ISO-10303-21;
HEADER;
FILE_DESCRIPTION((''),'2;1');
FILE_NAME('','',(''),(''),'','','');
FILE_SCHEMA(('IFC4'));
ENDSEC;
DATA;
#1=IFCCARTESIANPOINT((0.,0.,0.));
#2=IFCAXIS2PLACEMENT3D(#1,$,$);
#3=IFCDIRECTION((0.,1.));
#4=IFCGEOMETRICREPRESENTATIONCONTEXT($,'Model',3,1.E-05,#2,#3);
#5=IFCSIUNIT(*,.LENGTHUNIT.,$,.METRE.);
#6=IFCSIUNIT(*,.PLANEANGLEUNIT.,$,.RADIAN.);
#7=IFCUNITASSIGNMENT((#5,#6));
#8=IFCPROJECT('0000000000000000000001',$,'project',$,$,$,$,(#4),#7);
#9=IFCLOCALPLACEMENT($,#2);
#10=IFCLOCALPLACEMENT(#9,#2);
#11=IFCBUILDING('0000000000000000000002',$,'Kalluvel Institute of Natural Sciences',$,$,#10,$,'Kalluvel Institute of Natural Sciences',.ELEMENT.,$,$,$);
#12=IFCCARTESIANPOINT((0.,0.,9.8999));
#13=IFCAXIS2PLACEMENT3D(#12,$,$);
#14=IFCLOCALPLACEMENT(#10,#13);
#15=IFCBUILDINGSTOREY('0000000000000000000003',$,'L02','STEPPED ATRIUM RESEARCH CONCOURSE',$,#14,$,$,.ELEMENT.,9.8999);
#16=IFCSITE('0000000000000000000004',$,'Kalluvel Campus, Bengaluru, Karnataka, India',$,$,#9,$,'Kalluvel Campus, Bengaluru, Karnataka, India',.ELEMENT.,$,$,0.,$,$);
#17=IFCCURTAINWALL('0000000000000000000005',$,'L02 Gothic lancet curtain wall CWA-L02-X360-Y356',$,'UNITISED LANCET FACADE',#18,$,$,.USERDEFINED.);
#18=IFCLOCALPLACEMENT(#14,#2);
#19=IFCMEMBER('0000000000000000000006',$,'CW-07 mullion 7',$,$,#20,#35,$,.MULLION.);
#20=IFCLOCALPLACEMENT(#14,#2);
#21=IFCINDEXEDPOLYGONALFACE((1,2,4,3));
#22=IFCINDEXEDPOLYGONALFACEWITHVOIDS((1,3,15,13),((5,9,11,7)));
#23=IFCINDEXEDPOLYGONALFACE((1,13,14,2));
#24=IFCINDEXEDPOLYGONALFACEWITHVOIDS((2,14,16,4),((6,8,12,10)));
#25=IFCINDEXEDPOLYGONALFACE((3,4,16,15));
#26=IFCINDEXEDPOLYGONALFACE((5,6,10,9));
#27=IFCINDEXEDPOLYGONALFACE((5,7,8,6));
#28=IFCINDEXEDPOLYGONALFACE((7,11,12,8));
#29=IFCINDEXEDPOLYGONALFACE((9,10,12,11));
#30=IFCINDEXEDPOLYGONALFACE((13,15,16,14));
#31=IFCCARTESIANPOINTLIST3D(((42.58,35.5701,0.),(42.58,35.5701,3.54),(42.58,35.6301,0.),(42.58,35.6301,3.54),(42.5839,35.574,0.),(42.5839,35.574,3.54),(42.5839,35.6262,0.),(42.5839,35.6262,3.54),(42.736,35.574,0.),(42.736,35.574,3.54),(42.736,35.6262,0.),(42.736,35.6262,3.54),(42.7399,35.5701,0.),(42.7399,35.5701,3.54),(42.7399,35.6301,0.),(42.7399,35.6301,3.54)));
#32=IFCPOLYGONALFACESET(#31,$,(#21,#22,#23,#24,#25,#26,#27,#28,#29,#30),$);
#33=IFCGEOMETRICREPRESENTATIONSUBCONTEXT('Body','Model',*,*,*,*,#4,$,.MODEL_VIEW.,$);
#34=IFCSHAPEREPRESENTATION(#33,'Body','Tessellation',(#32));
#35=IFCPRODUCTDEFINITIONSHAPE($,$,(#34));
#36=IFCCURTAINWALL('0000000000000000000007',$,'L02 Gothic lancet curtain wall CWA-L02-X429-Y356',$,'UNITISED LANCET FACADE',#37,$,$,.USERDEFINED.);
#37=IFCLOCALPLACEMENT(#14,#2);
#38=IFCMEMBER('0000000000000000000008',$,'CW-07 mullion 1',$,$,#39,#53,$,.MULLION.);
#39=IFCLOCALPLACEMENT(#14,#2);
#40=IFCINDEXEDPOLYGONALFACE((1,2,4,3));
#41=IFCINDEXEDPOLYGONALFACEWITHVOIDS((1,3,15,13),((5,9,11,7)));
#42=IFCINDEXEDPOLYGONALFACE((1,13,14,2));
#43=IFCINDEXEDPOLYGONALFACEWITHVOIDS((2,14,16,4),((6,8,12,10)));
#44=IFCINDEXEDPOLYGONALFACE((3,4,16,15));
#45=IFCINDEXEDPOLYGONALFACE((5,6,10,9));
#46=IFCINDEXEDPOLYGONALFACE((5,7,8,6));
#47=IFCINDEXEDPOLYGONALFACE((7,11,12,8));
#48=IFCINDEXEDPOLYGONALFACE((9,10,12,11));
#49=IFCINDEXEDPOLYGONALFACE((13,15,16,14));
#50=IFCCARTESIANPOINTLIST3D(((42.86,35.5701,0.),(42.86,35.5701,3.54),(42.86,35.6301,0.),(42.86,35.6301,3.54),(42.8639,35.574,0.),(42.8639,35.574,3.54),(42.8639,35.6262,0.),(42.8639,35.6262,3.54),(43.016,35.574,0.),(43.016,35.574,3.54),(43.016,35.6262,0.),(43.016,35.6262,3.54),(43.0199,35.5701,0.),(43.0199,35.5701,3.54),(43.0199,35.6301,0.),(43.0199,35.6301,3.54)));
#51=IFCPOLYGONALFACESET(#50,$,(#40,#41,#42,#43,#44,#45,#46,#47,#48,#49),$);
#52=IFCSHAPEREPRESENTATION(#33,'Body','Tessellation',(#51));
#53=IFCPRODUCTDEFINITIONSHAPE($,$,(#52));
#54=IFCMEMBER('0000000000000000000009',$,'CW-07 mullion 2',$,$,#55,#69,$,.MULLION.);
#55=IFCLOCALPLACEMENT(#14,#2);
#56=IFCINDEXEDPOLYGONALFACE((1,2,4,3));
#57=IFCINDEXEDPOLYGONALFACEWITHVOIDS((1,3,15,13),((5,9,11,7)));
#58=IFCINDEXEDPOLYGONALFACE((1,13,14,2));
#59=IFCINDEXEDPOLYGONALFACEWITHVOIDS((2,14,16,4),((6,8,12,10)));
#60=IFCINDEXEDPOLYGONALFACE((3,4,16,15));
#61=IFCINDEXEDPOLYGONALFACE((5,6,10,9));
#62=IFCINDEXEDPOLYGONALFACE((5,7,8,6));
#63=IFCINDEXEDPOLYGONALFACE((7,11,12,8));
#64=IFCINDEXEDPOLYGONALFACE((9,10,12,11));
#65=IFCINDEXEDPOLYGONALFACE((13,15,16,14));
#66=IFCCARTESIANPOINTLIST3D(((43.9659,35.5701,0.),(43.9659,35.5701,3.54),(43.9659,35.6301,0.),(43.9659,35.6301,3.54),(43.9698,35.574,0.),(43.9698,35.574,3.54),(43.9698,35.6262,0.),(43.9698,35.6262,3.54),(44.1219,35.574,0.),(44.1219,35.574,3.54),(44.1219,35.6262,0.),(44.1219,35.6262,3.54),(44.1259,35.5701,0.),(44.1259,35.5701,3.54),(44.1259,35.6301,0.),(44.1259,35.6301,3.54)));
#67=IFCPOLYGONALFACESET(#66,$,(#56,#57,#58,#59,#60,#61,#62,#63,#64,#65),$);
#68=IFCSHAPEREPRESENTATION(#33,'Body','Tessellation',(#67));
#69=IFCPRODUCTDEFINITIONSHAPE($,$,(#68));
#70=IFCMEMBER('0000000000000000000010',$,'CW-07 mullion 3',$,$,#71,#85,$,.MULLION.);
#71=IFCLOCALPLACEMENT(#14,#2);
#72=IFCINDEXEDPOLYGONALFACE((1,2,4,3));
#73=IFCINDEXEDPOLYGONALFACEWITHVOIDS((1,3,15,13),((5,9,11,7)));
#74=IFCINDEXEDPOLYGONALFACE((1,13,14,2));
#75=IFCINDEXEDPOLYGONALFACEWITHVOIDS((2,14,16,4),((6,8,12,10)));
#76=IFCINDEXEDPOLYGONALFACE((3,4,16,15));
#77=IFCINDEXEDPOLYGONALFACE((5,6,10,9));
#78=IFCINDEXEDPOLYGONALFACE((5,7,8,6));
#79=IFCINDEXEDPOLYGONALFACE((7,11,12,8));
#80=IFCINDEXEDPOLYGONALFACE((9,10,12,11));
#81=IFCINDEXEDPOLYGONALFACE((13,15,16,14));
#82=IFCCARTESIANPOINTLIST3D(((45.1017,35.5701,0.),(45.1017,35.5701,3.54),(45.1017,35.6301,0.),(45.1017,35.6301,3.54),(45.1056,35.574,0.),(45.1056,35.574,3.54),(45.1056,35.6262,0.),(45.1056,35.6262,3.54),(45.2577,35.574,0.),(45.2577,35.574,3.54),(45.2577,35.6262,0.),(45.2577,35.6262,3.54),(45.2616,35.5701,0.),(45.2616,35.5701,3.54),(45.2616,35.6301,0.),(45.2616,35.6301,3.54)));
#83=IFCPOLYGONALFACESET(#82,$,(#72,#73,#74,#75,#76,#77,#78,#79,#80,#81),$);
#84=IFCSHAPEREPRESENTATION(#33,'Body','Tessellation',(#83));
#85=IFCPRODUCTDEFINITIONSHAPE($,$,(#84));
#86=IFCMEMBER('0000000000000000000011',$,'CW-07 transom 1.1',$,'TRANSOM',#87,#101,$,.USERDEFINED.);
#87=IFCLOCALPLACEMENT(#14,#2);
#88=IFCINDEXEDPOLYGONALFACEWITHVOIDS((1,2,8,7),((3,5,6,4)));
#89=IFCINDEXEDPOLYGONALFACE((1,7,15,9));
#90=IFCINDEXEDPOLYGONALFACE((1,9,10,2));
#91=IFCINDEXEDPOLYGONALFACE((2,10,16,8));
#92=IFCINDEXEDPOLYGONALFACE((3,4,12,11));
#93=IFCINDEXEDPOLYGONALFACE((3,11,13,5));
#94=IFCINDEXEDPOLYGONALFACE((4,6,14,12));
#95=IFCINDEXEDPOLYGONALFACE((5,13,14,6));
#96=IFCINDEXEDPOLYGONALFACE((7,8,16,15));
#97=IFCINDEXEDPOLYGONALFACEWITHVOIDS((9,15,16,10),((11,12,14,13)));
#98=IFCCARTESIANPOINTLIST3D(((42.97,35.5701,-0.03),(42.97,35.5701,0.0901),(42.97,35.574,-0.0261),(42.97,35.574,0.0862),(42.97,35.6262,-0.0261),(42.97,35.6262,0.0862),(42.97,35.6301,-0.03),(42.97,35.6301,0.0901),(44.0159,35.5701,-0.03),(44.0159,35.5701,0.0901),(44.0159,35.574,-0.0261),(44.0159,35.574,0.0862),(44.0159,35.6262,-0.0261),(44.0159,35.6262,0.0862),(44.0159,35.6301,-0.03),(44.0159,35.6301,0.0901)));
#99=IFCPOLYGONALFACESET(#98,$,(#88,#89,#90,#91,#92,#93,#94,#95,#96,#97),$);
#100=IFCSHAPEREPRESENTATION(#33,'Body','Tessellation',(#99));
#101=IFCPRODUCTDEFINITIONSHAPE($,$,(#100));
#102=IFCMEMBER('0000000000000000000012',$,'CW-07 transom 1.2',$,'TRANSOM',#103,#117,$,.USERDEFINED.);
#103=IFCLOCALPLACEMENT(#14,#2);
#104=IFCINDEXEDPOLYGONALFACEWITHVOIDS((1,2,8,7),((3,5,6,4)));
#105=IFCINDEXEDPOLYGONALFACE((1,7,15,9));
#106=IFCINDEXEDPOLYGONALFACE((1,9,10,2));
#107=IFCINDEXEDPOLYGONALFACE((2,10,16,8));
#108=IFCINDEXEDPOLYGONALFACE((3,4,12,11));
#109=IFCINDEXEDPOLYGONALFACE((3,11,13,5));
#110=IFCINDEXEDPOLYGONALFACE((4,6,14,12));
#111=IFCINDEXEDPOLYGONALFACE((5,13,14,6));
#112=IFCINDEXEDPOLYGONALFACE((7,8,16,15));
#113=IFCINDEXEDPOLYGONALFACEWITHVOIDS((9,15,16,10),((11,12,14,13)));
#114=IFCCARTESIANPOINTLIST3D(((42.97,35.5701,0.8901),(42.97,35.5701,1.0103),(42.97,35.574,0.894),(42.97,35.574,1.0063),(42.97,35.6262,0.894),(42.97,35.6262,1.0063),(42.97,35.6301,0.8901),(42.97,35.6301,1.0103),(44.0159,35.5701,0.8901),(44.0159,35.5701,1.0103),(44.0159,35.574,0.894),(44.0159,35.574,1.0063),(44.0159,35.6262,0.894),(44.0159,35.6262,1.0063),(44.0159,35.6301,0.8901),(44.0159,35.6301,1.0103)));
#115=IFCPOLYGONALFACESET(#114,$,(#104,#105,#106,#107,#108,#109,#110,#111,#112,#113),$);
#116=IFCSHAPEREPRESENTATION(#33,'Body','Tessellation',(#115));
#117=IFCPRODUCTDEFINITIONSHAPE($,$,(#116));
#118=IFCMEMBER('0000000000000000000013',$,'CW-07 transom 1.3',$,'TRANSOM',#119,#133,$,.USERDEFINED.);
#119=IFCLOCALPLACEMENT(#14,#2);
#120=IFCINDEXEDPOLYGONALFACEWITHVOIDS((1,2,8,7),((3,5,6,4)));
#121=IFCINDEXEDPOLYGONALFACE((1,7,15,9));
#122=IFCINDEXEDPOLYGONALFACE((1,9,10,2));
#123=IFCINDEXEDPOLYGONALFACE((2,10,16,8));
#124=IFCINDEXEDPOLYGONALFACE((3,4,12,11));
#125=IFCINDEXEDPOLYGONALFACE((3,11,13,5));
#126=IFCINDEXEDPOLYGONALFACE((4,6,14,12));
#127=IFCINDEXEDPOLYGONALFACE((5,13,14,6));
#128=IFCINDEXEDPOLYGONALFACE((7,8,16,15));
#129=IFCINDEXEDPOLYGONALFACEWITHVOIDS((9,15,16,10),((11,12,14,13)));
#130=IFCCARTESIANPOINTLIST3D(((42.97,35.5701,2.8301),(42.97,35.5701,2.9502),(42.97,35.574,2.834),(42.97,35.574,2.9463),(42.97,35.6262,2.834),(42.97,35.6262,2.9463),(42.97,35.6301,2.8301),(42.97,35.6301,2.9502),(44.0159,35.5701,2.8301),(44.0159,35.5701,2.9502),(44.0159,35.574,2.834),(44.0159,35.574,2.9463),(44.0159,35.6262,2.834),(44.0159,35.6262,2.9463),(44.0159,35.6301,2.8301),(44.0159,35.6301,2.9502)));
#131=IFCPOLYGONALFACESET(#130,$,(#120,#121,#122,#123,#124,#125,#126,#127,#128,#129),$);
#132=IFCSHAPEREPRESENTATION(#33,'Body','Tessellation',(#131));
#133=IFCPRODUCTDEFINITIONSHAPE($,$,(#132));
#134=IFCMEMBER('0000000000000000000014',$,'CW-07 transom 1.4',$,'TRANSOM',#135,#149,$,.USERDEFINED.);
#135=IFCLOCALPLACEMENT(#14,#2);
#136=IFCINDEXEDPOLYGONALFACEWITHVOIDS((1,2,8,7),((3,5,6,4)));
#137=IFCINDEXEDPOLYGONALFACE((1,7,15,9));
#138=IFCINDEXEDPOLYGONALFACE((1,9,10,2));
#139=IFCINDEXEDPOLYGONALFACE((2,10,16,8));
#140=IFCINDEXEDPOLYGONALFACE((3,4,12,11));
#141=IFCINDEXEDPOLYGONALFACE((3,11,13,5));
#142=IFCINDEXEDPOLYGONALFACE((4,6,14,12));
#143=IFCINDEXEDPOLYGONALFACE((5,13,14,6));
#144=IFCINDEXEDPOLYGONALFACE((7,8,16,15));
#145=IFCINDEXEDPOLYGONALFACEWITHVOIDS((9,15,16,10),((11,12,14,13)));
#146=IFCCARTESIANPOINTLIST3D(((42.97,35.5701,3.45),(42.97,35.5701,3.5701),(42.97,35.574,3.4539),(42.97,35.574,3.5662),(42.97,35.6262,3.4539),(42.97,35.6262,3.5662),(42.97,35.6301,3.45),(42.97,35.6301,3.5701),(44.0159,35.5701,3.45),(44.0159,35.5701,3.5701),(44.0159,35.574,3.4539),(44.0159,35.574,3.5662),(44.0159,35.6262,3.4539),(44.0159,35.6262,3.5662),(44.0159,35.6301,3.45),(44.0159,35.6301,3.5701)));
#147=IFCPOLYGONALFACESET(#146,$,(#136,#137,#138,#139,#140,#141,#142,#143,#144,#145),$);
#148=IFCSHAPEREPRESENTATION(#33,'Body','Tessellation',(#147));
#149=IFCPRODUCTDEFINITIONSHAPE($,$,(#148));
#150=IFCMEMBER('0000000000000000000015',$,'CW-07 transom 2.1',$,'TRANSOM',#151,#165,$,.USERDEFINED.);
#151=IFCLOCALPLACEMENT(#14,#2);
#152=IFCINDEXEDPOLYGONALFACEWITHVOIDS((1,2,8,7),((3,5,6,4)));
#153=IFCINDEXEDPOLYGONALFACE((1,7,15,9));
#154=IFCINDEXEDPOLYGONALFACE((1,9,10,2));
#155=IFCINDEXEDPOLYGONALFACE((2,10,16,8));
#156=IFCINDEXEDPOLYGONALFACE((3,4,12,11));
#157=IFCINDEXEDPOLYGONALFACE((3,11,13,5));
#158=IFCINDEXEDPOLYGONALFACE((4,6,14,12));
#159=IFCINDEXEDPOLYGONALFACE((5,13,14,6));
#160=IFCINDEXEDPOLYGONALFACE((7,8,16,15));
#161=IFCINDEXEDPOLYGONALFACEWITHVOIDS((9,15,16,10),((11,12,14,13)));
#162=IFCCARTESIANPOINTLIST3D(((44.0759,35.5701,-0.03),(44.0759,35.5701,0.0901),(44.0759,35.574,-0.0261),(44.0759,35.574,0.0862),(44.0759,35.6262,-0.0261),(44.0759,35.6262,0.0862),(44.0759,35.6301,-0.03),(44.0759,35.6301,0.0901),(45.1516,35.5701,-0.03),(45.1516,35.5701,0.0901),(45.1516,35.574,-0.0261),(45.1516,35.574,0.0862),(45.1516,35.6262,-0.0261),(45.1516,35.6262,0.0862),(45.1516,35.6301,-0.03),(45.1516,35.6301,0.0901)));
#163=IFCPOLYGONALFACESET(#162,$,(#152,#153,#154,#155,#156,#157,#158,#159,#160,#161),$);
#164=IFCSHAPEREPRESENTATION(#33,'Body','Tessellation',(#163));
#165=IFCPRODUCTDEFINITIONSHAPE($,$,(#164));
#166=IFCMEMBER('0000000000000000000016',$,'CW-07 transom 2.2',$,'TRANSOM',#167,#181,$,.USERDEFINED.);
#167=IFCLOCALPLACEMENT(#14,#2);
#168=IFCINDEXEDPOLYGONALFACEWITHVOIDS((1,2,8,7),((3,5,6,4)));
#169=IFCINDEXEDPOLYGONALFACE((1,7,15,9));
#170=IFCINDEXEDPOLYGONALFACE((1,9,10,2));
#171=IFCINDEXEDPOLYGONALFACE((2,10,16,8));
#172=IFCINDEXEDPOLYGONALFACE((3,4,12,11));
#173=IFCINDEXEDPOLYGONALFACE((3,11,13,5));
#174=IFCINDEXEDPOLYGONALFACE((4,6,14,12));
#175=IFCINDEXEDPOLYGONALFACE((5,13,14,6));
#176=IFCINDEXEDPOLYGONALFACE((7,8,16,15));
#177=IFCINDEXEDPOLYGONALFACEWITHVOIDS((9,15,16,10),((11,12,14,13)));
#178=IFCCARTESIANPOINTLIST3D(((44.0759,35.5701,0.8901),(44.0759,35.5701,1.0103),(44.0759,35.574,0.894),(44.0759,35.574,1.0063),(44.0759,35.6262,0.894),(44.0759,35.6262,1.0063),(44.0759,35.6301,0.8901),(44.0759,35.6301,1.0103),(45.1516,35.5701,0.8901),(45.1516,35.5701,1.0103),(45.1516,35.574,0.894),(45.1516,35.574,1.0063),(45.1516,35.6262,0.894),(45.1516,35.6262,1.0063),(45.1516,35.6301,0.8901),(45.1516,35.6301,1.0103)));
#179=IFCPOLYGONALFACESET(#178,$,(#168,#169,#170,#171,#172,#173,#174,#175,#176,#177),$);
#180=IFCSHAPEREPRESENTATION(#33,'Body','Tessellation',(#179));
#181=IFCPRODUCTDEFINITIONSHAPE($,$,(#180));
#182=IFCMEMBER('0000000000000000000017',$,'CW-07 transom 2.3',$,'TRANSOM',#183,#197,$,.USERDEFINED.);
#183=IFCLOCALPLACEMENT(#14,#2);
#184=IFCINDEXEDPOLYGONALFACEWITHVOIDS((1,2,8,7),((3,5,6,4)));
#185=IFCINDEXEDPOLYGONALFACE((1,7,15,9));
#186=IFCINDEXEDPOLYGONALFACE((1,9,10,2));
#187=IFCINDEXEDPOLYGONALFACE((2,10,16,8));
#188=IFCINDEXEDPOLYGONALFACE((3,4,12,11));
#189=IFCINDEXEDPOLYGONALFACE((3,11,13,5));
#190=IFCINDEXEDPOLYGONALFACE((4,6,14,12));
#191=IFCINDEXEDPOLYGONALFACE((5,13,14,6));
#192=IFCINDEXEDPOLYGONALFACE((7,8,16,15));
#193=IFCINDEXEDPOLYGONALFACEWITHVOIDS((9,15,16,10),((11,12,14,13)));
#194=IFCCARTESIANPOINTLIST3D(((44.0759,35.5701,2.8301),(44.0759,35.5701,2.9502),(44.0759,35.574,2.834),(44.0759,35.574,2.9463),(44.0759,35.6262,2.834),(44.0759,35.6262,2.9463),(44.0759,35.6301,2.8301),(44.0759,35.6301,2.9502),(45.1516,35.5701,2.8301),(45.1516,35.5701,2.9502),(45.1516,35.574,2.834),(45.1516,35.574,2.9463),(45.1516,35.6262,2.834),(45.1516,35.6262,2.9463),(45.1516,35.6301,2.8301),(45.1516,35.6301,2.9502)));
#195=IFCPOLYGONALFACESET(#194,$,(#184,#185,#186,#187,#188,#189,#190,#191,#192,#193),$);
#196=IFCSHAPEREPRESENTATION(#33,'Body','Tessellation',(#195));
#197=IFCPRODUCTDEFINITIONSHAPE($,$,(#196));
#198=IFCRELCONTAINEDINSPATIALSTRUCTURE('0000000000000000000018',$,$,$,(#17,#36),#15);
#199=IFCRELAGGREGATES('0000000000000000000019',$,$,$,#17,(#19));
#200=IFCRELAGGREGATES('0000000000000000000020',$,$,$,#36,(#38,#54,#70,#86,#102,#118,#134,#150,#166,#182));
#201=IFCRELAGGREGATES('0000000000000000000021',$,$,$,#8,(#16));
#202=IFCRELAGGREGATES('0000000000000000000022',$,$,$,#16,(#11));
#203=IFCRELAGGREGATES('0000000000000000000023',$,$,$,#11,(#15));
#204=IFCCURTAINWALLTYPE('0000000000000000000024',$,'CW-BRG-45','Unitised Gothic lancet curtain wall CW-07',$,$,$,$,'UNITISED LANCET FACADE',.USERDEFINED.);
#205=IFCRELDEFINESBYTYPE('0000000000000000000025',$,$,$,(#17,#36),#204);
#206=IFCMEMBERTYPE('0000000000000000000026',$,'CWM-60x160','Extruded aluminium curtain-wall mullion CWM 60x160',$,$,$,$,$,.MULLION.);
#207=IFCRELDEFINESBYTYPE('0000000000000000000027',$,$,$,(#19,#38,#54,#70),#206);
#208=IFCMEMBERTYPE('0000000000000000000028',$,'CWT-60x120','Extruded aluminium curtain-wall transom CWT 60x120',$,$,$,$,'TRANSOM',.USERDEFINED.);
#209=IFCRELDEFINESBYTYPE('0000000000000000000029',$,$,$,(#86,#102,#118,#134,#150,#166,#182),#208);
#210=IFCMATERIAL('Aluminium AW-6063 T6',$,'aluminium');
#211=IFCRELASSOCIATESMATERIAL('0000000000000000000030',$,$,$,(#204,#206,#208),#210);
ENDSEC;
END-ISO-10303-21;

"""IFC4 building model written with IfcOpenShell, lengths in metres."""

from ifc_helpers import new_model, si_unit, direction, frame, origin, origin_2d, place, context, subcontext, project, spatial, hollow_rectangle, extrude, material, material_profile, profile_set, type_object, element, aggregate, save


model = new_model("IFC4")

# Units and contexts
model_context = context("Model", 3, precision=1e-05, world=origin(), true_north=direction((0.0, 1.0)))
body_context = subcontext(model_context, "Body", "Model", "MODEL_VIEW")
ifc_project = project(units=[si_unit("LENGTHUNIT", "METRE"), si_unit("PLANEANGLEUNIT", "RADIAN")], contexts=[model_context])

# Site, building, storey
site_placement = place(None, origin())
site = spatial("IfcSite", under=ifc_project, at=site_placement, Name="Kalluvel Campus, Bengaluru, Karnataka, India", LongName="Kalluvel Campus, Bengaluru, Karnataka, India", CompositionType="ELEMENT", RefElevation=0.0)
building_placement = place(site_placement, origin())
building = spatial("IfcBuilding", under=site, at=building_placement, Name="Kalluvel Institute of Natural Sciences", LongName="Kalluvel Institute of Natural Sciences", CompositionType="ELEMENT")
storey_placement = place(building_placement, frame((0.0, 0.0, 9.8999)))
storey = spatial("IfcBuildingStorey", under=building, at=storey_placement, Name="L02", Description="STEPPED ATRIUM RESEARCH CONCOURSE", CompositionType="ELEMENT", Elevation=9.8999)

# Curtain wall, member
ifc_material_1 = material(Name="Aluminium AW-6063 T6", Category="aluminium")
curtain_wall_type = type_object("IfcCurtainWallType", Name="CW-BRG-45", Description="Unitised Gothic lancet curtain wall CW-07", ElementType="UNITISED LANCET FACADE", PredefinedType="USERDEFINED", material=ifc_material_1)
curtain_wall_1_placement = place(storey_placement, origin())
curtain_wall_1 = element("IfcCurtainWall", 1, at=curtain_wall_1_placement, inside=storey, type_object=curtain_wall_type, Name="L02 Gothic lancet curtain wall CWA-L02-X360-Y356", ObjectType="UNITISED LANCET FACADE", PredefinedType="USERDEFINED")
ifc_material_profile_1 = material_profile(ifc_material_1, hollow_rectangle(XDim=0.0601, YDim=0.1599, WallThickness=0.0039, at=origin_2d()), Name="CWM 60x160")
ifc_profile_set_1 = profile_set([ifc_material_profile_1], Name="Aluminium AW-6063 T6")
member_type_1 = type_object("IfcMemberType", Name="CWM-60x160", Description="Extruded aluminium curtain-wall mullion CWM 60x160", PredefinedType="MULLION", material=ifc_profile_set_1)
member_1_placement = place(storey_placement, frame((42.6599, 35.6001, 0.0), z_axis=(0.0, 0.0, 1.0), x_axis=(0.0, 1.0, 0.0)))
member_1 = element("IfcMember", 2, at=member_1_placement, type_object=member_type_1, Name="CW-07 mullion 7", PredefinedType="MULLION", context=body_context, shape_type="SweptSolid", body=[
    extrude(hollow_rectangle(XDim=0.0601, YDim=0.1599, WallThickness=0.0039, at=origin_2d()), origin(), (0.0, 0.0, 1.0), 3.54),
])

# Curtain wall, members
curtain_wall_2_placement = place(storey_placement, origin())
curtain_wall_2 = element("IfcCurtainWall", 3, at=curtain_wall_2_placement, inside=storey, type_object=curtain_wall_type, Name="L02 Gothic lancet curtain wall CWA-L02-X429-Y356", ObjectType="UNITISED LANCET FACADE", PredefinedType="USERDEFINED")
member_2_placement = place(storey_placement, frame((42.9399, 35.6001, 0.0), z_axis=(0.0, 0.0, 1.0), x_axis=(0.0, 1.0, 0.0)))
member_2 = element("IfcMember", 4, at=member_2_placement, type_object=member_type_1, Name="CW-07 mullion 1", PredefinedType="MULLION", context=body_context, shape_type="SweptSolid", body=[
    extrude(hollow_rectangle(XDim=0.0601, YDim=0.1599, WallThickness=0.0039, at=origin_2d()), origin(), (0.0, 0.0, 1.0), 3.54),
])
member_3_placement = place(storey_placement, frame((44.0459, 35.6001, 0.0), z_axis=(0.0, 0.0, 1.0), x_axis=(0.0, 1.0, 0.0)))
member_3 = element("IfcMember", 5, at=member_3_placement, type_object=member_type_1, Name="CW-07 mullion 2", PredefinedType="MULLION", context=body_context, shape_type="SweptSolid", body=[
    extrude(hollow_rectangle(XDim=0.0601, YDim=0.1599, WallThickness=0.0039, at=origin_2d()), origin(), (0.0, 0.0, 1.0), 3.54),
])
member_4_placement = place(storey_placement, frame((45.1816, 35.6001, 0.0), z_axis=(0.0, 0.0, 1.0), x_axis=(0.0, 1.0, 0.0)))
member_4 = element("IfcMember", 6, at=member_4_placement, type_object=member_type_1, Name="CW-07 mullion 3", PredefinedType="MULLION", context=body_context, shape_type="SweptSolid", body=[
    extrude(hollow_rectangle(XDim=0.0601, YDim=0.1599, WallThickness=0.0039, at=origin_2d()), origin(), (0.0, 0.0, 1.0), 3.54),
])
ifc_material_profile_2 = material_profile(ifc_material_1, hollow_rectangle(XDim=0.0601, YDim=0.1201, WallThickness=0.0039, at=origin_2d()), Name="CWT 60x120")
ifc_profile_set_2 = profile_set([ifc_material_profile_2], Name="Aluminium AW-6063 T6")
member_type_2 = type_object("IfcMemberType", Name="CWT-60x120", Description="Extruded aluminium curtain-wall transom CWT 60x120", ElementType="TRANSOM", PredefinedType="USERDEFINED", material=ifc_profile_set_2)
member_5_placement = place(storey_placement, frame((42.97, 35.6001, 0.03), z_axis=(1.0, 0.0, 0.0), x_axis=(0.0, 1.0, 0.0)))
member_5 = element("IfcMember", 7, at=member_5_placement, type_object=member_type_2, Name="CW-07 transom 1.1", ObjectType="TRANSOM", PredefinedType="USERDEFINED", context=body_context, shape_type="SweptSolid", body=[
    extrude(hollow_rectangle(XDim=0.0601, YDim=0.1201, WallThickness=0.0039, at=origin_2d()), origin(), (0.0, 0.0, 1.0), 1.0459),
])
member_6_placement = place(storey_placement, frame((42.97, 35.6001, 0.9502), z_axis=(1.0, 0.0, 0.0), x_axis=(0.0, 1.0, 0.0)))
member_6 = element("IfcMember", 8, at=member_6_placement, type_object=member_type_2, Name="CW-07 transom 1.2", ObjectType="TRANSOM", PredefinedType="USERDEFINED", context=body_context, shape_type="SweptSolid", body=[
    extrude(hollow_rectangle(XDim=0.0601, YDim=0.1201, WallThickness=0.0039, at=origin_2d()), origin(), (0.0, 0.0, 1.0), 1.0459),
])
member_7_placement = place(storey_placement, frame((42.97, 35.6001, 2.8901), z_axis=(1.0, 0.0, 0.0), x_axis=(0.0, 1.0, 0.0)))
member_7 = element("IfcMember", 9, at=member_7_placement, type_object=member_type_2, Name="CW-07 transom 1.3", ObjectType="TRANSOM", PredefinedType="USERDEFINED", context=body_context, shape_type="SweptSolid", body=[
    extrude(hollow_rectangle(XDim=0.0601, YDim=0.1201, WallThickness=0.0039, at=origin_2d()), origin(), (0.0, 0.0, 1.0), 1.0459),
])
member_8_placement = place(storey_placement, frame((42.97, 35.6001, 3.51), z_axis=(1.0, 0.0, 0.0), x_axis=(0.0, 1.0, 0.0)))
member_8 = element("IfcMember", 10, at=member_8_placement, type_object=member_type_2, Name="CW-07 transom 1.4", ObjectType="TRANSOM", PredefinedType="USERDEFINED", context=body_context, shape_type="SweptSolid", body=[
    extrude(hollow_rectangle(XDim=0.0601, YDim=0.1201, WallThickness=0.0039, at=origin_2d()), origin(), (0.0, 0.0, 1.0), 1.0459),
])
member_9_placement = place(storey_placement, frame((44.0759, 35.6001, 0.03), z_axis=(1.0, 0.0, 0.0), x_axis=(0.0, 1.0, 0.0)))
member_9 = element("IfcMember", 11, at=member_9_placement, type_object=member_type_2, Name="CW-07 transom 2.1", ObjectType="TRANSOM", PredefinedType="USERDEFINED", context=body_context, shape_type="SweptSolid", body=[
    extrude(hollow_rectangle(XDim=0.0601, YDim=0.1201, WallThickness=0.0039, at=origin_2d()), origin(), (0.0, 0.0, 1.0), 1.0757),
])
member_10_placement = place(storey_placement, frame((44.0759, 35.6001, 0.9502), z_axis=(1.0, 0.0, 0.0), x_axis=(0.0, 1.0, 0.0)))
member_10 = element("IfcMember", 12, at=member_10_placement, type_object=member_type_2, Name="CW-07 transom 2.2", ObjectType="TRANSOM", PredefinedType="USERDEFINED", context=body_context, shape_type="SweptSolid", body=[
    extrude(hollow_rectangle(XDim=0.0601, YDim=0.1201, WallThickness=0.0039, at=origin_2d()), origin(), (0.0, 0.0, 1.0), 1.0757),
])
member_11_placement = place(storey_placement, frame((44.0759, 35.6001, 2.8901), z_axis=(1.0, 0.0, 0.0), x_axis=(0.0, 1.0, 0.0)))
member_11 = element("IfcMember", 13, at=member_11_placement, type_object=member_type_2, Name="CW-07 transom 2.3", ObjectType="TRANSOM", PredefinedType="USERDEFINED", context=body_context, shape_type="SweptSolid", body=[
    extrude(hollow_rectangle(XDim=0.0601, YDim=0.1201, WallThickness=0.0039, at=origin_2d()), origin(), (0.0, 0.0, 1.0), 1.0757),
])

aggregate(curtain_wall_1, [member_1])
aggregate(curtain_wall_2, [member_2, member_3, member_4, member_5, member_6, member_7, member_8, member_9, member_10, member_11])

save(model, "model.ifc")
